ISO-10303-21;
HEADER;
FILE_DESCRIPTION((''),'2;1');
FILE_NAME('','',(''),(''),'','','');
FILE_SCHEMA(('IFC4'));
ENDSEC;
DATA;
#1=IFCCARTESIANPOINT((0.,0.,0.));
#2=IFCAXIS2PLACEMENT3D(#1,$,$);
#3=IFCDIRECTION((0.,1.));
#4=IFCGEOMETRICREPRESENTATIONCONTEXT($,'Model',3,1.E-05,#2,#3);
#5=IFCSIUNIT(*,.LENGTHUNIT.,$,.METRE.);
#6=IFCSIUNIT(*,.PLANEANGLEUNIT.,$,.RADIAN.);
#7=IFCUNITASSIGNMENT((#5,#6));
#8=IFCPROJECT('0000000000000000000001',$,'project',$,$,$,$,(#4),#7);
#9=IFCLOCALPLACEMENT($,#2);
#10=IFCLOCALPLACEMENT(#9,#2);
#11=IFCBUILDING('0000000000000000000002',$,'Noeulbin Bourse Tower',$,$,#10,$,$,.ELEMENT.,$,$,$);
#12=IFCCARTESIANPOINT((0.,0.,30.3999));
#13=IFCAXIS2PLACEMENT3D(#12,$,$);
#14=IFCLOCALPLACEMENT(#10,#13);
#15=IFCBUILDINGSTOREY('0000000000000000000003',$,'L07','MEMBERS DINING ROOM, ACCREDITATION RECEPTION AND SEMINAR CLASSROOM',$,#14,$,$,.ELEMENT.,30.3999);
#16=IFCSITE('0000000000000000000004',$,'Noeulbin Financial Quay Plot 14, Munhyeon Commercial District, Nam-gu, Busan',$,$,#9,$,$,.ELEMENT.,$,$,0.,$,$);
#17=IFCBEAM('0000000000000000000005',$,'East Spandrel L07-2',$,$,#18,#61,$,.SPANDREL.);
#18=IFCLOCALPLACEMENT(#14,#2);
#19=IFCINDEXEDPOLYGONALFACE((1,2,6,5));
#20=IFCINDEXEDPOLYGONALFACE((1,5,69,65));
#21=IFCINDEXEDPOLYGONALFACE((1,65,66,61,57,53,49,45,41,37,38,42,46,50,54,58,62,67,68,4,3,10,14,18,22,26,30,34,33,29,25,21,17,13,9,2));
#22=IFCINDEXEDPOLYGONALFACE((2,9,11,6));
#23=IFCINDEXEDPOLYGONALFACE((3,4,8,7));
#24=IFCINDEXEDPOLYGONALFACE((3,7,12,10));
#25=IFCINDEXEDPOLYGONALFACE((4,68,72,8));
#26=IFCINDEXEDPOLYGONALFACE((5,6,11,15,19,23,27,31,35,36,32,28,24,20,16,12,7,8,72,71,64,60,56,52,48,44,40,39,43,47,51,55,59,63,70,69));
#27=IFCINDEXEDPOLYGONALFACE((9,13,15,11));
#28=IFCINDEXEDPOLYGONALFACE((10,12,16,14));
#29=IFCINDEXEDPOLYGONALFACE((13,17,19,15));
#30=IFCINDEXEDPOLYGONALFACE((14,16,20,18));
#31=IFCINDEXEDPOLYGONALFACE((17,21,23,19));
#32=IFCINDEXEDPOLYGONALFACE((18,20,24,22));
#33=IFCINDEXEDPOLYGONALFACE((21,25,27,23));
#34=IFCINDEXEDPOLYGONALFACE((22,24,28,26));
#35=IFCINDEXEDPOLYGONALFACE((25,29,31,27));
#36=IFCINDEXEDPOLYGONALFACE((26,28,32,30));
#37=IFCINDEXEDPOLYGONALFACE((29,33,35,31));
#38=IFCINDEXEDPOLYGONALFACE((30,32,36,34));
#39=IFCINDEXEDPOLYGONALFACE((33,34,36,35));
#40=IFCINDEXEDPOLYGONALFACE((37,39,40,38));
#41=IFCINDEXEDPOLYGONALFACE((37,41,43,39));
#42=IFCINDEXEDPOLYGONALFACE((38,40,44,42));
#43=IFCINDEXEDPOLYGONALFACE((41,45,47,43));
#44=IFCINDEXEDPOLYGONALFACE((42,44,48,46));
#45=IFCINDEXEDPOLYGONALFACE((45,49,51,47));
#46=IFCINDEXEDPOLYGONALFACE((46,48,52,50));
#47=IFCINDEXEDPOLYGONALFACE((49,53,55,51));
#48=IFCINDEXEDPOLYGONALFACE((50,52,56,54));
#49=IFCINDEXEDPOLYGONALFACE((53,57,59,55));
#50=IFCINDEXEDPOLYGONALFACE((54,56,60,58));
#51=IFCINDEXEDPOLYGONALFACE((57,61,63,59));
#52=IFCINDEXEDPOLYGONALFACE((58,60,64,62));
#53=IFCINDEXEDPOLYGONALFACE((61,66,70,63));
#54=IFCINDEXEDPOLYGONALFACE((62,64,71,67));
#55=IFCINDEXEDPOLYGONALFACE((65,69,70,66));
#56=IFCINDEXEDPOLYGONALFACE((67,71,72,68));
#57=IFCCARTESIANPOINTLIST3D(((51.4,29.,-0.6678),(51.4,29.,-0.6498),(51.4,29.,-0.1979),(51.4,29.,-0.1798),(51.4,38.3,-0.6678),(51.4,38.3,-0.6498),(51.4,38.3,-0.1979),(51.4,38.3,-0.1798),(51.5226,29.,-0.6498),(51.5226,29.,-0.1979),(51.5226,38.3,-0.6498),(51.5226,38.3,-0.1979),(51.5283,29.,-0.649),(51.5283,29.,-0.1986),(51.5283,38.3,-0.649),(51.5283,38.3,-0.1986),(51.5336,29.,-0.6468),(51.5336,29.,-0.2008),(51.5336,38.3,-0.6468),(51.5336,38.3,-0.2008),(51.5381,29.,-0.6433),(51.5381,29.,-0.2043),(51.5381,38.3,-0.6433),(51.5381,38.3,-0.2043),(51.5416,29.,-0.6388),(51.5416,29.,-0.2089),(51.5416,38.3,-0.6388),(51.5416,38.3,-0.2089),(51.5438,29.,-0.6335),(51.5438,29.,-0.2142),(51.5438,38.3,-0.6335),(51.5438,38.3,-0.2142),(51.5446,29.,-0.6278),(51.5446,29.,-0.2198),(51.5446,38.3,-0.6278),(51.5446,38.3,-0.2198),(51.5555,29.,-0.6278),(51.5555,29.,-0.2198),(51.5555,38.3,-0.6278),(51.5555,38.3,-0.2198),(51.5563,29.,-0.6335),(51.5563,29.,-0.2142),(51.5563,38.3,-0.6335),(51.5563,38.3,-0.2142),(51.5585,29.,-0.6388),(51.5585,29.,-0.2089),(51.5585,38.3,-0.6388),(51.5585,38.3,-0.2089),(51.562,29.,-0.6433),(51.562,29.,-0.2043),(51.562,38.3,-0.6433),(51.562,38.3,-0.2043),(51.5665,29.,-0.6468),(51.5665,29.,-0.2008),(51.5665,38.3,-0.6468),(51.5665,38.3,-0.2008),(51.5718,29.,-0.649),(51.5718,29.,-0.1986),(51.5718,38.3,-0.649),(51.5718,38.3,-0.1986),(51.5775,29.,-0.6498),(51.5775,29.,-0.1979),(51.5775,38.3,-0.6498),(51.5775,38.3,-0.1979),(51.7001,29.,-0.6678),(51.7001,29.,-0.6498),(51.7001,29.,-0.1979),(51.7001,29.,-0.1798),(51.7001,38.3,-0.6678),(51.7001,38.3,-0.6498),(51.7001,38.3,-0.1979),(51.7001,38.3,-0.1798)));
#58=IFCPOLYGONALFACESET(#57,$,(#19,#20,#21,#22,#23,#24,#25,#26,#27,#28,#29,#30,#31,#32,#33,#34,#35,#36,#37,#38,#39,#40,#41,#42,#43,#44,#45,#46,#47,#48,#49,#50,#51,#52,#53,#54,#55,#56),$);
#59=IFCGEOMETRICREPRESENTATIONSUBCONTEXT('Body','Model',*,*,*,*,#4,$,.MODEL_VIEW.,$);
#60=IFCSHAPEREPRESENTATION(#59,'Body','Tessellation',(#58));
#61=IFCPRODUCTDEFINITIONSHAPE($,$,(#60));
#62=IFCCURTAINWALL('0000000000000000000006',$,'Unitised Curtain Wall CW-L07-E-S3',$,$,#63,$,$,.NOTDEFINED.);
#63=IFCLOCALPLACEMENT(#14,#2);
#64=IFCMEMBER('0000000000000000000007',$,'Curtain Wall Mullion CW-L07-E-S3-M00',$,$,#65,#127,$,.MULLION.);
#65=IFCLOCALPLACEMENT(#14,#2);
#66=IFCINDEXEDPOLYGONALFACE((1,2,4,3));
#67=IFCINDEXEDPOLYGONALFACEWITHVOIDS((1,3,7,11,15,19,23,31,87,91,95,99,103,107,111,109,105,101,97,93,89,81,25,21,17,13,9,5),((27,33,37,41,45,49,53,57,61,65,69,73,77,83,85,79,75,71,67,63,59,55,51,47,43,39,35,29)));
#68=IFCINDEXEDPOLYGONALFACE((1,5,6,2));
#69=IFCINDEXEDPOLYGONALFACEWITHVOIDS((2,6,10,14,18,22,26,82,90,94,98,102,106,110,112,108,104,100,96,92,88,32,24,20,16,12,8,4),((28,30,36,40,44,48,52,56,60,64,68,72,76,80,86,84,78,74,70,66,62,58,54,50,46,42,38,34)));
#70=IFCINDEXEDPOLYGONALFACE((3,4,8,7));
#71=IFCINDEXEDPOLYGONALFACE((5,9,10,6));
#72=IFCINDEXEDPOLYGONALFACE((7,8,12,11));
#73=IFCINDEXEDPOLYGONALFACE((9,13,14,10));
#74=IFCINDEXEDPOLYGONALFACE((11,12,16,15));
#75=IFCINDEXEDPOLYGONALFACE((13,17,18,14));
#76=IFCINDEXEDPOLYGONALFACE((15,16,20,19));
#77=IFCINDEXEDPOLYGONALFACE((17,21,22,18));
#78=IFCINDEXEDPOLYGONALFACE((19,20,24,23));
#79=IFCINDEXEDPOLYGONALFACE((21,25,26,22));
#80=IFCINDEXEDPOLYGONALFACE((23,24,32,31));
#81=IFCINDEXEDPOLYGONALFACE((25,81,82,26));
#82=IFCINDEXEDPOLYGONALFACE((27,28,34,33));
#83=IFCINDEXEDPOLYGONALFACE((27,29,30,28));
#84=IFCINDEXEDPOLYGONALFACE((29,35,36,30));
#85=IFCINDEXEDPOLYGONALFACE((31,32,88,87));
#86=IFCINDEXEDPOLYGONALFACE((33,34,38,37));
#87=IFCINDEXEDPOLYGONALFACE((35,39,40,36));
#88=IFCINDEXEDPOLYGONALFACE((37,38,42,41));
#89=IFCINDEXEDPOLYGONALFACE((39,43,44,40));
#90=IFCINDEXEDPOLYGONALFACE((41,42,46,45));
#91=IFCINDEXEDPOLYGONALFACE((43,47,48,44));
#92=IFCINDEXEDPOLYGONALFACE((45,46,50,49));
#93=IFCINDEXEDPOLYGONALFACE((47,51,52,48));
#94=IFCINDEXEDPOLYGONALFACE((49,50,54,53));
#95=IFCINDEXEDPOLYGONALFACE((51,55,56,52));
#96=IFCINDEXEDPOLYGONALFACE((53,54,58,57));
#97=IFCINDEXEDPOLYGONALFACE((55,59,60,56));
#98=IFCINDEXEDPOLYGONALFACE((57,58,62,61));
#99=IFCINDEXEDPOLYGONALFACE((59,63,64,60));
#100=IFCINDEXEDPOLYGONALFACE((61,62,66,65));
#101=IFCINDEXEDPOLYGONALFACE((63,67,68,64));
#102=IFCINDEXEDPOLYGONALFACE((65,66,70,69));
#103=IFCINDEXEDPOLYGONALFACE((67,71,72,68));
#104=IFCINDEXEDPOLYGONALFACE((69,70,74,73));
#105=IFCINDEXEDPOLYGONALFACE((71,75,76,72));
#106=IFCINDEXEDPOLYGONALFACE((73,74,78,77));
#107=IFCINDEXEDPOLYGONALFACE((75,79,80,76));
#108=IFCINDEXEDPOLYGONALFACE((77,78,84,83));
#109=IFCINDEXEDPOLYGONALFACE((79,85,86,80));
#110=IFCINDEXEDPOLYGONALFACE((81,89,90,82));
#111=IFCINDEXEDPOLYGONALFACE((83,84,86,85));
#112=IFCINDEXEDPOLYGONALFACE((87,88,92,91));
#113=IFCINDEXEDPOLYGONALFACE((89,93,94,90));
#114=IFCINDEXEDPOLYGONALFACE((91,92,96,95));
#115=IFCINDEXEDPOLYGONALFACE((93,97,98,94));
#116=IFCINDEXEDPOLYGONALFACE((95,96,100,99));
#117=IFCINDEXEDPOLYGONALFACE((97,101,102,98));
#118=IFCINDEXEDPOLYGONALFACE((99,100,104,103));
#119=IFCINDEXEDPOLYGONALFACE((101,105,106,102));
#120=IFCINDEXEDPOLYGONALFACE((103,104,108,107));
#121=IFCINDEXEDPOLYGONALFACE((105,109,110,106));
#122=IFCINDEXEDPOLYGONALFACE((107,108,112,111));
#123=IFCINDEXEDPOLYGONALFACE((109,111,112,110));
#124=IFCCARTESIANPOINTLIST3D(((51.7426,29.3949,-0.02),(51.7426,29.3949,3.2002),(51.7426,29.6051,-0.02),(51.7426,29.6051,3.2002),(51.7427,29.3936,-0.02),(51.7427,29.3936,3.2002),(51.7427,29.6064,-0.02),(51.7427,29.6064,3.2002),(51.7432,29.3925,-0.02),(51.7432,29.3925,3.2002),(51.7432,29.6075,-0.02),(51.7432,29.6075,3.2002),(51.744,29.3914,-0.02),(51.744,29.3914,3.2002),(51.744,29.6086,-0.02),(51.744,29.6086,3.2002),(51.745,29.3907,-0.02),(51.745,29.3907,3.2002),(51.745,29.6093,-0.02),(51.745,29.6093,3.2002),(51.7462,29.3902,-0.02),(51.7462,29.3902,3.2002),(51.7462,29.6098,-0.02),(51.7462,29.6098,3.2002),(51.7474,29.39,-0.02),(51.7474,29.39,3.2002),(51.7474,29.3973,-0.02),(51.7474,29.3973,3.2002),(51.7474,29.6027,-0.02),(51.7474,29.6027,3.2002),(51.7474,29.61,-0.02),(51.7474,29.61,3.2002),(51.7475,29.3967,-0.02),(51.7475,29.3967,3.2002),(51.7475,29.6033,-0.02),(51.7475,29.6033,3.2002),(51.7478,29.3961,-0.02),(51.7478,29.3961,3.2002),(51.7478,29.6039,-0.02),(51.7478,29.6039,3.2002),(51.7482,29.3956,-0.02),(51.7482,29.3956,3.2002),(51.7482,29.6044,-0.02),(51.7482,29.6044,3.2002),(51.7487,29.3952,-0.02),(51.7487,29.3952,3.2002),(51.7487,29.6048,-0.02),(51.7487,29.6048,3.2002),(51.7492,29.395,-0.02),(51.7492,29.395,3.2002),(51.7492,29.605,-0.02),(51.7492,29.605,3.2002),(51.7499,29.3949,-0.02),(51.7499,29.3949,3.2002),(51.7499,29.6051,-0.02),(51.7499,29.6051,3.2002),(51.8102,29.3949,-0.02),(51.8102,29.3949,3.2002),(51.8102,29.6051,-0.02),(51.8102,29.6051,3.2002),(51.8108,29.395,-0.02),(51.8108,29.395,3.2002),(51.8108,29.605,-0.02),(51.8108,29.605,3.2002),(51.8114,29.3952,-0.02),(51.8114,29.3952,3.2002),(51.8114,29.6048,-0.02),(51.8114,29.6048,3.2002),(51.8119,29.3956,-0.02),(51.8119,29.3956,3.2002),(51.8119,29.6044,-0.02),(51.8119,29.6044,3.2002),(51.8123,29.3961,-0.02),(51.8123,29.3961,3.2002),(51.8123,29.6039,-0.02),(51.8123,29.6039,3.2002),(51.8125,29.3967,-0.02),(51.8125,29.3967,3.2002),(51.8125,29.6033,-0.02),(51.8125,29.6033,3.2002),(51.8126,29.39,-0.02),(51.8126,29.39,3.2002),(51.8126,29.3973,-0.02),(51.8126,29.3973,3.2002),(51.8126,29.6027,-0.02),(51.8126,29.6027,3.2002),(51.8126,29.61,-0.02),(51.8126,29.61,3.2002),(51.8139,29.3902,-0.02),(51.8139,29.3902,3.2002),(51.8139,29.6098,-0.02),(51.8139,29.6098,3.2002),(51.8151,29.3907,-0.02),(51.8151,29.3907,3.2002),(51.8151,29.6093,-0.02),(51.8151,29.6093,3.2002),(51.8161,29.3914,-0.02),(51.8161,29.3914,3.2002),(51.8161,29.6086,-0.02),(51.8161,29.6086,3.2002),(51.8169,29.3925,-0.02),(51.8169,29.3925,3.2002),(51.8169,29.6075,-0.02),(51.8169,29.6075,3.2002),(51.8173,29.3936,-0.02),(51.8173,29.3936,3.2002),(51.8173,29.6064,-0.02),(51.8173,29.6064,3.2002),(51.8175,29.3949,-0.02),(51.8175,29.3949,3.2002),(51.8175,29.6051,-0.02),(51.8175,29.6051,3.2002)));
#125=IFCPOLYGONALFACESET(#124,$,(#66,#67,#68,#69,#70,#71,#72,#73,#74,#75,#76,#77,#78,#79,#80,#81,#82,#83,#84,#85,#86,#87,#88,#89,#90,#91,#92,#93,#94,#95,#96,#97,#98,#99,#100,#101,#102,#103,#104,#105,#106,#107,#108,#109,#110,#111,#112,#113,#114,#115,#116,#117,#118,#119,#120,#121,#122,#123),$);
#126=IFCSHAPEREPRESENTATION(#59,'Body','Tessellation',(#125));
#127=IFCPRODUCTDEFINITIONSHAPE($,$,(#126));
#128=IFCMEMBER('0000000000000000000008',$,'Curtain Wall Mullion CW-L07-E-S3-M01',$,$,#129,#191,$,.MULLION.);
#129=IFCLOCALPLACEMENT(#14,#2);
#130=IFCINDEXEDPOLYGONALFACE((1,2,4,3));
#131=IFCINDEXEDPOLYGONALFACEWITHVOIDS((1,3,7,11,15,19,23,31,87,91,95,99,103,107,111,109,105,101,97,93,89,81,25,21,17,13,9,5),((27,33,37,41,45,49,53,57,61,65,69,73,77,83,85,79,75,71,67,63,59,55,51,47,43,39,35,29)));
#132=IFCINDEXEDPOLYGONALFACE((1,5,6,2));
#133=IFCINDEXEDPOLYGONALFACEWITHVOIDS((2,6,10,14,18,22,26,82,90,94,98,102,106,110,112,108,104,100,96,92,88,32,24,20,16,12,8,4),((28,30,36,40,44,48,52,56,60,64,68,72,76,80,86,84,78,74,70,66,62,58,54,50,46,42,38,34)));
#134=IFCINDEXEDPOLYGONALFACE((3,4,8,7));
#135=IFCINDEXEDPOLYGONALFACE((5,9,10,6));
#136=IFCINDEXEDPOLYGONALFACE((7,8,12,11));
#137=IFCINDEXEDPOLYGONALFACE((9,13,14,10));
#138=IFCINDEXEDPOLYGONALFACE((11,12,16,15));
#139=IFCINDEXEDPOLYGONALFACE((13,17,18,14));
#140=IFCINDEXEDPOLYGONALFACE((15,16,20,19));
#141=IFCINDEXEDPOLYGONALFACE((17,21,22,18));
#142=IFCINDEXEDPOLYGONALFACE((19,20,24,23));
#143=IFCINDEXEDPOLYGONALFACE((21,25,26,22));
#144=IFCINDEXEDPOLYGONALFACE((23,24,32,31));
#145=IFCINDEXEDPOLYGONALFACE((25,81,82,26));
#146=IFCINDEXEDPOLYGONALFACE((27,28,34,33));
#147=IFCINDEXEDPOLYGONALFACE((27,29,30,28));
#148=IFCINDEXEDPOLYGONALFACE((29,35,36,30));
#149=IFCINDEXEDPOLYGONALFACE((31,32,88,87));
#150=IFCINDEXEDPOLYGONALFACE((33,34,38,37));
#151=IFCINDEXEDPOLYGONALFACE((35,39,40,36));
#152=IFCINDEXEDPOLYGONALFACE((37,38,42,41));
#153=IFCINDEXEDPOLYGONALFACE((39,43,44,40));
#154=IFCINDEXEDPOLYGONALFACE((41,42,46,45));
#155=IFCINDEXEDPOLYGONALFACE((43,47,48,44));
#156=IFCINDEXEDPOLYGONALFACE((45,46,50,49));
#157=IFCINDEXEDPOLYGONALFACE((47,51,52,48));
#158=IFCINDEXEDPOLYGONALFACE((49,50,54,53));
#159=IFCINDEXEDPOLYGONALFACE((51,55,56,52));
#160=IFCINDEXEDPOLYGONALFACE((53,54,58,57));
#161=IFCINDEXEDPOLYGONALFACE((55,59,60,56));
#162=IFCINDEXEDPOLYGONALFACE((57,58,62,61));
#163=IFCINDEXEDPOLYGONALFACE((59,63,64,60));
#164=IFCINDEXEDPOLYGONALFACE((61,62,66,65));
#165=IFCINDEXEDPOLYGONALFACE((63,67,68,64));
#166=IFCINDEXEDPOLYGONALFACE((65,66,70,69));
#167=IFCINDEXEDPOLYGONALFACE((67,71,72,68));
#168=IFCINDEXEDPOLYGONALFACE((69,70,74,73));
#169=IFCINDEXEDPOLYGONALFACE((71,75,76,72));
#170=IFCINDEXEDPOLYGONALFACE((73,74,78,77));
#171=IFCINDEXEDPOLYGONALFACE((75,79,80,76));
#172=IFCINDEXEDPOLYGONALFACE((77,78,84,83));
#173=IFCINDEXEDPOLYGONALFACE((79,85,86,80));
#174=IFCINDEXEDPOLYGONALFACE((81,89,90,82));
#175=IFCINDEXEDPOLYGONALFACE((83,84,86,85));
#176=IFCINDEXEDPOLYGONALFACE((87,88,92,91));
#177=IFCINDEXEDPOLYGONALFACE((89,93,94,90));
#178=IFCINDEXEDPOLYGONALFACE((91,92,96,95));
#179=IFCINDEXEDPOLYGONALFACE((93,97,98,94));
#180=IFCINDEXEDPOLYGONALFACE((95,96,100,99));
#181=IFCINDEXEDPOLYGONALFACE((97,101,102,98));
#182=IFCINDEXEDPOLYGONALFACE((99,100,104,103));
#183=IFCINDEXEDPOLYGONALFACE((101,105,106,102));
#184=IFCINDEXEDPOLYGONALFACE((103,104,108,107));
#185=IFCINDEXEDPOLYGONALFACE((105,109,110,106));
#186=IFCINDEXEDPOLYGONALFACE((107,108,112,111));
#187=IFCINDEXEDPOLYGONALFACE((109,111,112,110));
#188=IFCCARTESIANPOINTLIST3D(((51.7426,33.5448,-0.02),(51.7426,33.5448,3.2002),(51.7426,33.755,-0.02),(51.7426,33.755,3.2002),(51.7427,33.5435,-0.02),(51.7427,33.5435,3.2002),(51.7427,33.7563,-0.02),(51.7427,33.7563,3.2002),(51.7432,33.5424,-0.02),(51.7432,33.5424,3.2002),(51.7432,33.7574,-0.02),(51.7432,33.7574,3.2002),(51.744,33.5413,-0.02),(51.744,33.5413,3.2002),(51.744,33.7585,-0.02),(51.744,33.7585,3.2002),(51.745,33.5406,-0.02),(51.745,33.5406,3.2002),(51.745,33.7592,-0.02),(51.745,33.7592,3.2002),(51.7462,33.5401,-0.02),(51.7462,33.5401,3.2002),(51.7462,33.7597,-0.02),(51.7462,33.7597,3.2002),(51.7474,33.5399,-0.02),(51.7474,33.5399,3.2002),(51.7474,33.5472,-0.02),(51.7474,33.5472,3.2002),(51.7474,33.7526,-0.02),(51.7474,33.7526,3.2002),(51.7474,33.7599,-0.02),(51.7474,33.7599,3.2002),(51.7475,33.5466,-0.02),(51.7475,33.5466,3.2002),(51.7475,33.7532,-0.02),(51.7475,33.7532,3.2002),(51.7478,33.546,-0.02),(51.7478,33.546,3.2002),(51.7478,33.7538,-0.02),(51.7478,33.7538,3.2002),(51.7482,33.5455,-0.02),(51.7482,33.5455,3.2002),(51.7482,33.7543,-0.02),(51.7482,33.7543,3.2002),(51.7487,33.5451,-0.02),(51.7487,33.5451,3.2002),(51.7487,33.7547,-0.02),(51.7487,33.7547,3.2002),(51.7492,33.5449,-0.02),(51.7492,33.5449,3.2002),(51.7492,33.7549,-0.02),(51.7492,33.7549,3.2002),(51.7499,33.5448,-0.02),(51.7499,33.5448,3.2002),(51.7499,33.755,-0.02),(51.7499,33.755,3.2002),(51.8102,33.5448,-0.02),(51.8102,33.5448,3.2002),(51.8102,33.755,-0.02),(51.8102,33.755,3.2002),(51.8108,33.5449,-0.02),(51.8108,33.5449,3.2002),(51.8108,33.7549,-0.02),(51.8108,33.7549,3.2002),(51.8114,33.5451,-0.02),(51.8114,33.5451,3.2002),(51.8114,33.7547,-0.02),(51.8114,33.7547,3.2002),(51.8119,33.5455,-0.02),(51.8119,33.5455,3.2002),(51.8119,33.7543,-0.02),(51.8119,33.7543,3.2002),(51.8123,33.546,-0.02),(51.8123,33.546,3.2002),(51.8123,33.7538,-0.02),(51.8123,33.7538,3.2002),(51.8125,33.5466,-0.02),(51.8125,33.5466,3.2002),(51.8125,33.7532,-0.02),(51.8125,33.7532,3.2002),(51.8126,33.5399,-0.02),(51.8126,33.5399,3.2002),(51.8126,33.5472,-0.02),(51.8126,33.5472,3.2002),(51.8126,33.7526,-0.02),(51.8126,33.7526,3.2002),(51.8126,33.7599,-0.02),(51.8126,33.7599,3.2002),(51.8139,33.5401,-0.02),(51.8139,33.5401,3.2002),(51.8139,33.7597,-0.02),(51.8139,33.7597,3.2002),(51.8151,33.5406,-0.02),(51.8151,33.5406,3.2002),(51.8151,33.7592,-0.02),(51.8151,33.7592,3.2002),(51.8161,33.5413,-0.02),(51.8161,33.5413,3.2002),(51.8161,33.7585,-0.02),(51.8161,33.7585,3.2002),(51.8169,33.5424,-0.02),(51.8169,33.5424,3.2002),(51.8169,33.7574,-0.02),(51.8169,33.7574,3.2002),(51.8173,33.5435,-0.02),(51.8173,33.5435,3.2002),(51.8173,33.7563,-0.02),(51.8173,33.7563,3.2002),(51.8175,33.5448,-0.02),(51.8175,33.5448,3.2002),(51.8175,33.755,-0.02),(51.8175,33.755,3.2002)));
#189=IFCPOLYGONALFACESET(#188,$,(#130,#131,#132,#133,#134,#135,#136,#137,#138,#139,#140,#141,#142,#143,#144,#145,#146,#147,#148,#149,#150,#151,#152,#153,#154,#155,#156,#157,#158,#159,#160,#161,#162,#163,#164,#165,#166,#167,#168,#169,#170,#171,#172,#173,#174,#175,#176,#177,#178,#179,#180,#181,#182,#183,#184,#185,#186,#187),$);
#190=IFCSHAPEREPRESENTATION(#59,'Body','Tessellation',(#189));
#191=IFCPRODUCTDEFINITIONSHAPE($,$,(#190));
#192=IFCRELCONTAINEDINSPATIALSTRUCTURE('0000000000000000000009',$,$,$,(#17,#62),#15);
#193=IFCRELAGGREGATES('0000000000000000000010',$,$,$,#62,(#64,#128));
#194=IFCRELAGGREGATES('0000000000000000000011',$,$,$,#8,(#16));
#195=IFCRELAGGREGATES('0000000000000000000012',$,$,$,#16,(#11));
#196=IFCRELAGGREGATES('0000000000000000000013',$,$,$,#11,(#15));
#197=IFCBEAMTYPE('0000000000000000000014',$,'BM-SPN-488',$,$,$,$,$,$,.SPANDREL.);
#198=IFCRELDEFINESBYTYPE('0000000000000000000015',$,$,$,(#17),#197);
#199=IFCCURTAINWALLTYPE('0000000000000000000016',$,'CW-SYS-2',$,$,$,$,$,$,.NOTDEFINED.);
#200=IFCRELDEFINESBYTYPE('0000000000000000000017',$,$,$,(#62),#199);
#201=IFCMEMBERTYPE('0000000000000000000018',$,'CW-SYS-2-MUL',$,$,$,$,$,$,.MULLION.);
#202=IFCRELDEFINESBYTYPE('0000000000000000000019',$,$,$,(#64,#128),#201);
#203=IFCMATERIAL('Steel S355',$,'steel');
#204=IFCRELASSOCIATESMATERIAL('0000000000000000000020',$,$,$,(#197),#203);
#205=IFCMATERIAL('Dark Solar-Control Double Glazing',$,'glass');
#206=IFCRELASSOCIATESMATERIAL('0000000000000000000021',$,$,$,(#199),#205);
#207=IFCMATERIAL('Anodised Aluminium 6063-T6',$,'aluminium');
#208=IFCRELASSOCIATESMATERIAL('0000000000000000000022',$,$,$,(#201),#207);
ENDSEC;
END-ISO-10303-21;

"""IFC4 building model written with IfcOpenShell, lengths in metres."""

from ifc_helpers import new_model, si_unit, direction, frame, origin, origin_2d, place, context, subcontext, project, spatial, hollow_rectangle, i_section, extrude, material, material_profile, profile_set, type_object, element, aggregate, save


model = new_model("IFC4")

# Units and contexts
model_context = context("Model", 3, precision=1e-05, world=origin(), true_north=direction((0.0, 1.0)))
body_context = subcontext(model_context, "Body", "Model", "MODEL_VIEW")
ifc_project = project(units=[si_unit("LENGTHUNIT", "METRE"), si_unit("PLANEANGLEUNIT", "RADIAN")], contexts=[model_context])

# Site, building, storey
site_placement = place(None, origin())
site = spatial("IfcSite", under=ifc_project, at=site_placement, Name="Noeulbin Financial Quay Plot 14, Munhyeon Commercial District, Nam-gu, Busan", CompositionType="ELEMENT", RefElevation=0.0)
building_placement = place(site_placement, origin())
building = spatial("IfcBuilding", under=site, at=building_placement, Name="Noeulbin Bourse Tower", CompositionType="ELEMENT")
storey_placement = place(building_placement, frame((0.0, 0.0, 30.3999)))
storey = spatial("IfcBuildingStorey", under=building, at=storey_placement, Name="L07", Description="MEMBERS DINING ROOM, ACCREDITATION RECEPTION AND SEMINAR CLASSROOM", CompositionType="ELEMENT", Elevation=30.3999)

# Beam
ifc_material_1 = material(Name="Steel S355", Category="steel")
ifc_material_profile_1 = material_profile(ifc_material_1, i_section(OverallWidth=0.3, OverallDepth=0.488, WebThickness=0.011, FlangeThickness=0.0181, FilletRadius=0.022, at=origin_2d()), Name="H-488x300x11x18", Category="LoadBearing")
ifc_profile_set_1 = profile_set([ifc_material_profile_1], Name="Steel S355")
beam_type_1 = type_object("IfcBeamType", Name="BM-SPN-488", PredefinedType="SPANDREL", material=ifc_profile_set_1)
beam_1_placement = place(storey_placement, frame((51.55, 29.0, -0.4238), z_axis=(0.0, 1.0, 0.0), x_axis=(-1.0, 0.0, 0.0)))
element("IfcBeam", 1, at=beam_1_placement, inside=storey, type_object=beam_type_1, Name="East Spandrel L07-2", PredefinedType="SPANDREL", context=body_context, shape_type="SweptSolid", body=[
    extrude(i_section(OverallWidth=0.3, OverallDepth=0.488, WebThickness=0.011, FlangeThickness=0.0181, FilletRadius=0.022, at=origin_2d()), origin(), (0.0, 0.0, 1.0), 9.3),
])

# Curtain wall, members
ifc_material_2 = material(Name="Dark Solar-Control Double Glazing", Category="glass")
curtain_wall_type = type_object("IfcCurtainWallType", Name="CW-SYS-2", PredefinedType="NOTDEFINED", material=ifc_material_2)
curtain_wall_placement = place(storey_placement, origin())
curtain_wall = element("IfcCurtainWall", 2, at=curtain_wall_placement, inside=storey, type_object=curtain_wall_type, Name="Unitised Curtain Wall CW-L07-E-S3", PredefinedType="NOTDEFINED")
ifc_material_3 = material(Name="Anodised Aluminium 6063-T6", Category="aluminium")
ifc_material_profile_2 = material_profile(ifc_material_3, hollow_rectangle(XDim=0.075, YDim=0.22, WallThickness=0.0049, InnerFilletRadius=0.0024, OuterFilletRadius=0.0049, at=origin_2d()), Name="ALU-MULL-75x220x5", Category="LoadBearing")
ifc_profile_set_2 = profile_set([ifc_material_profile_2], Name="Anodised Aluminium 6063-T6")
member_type_1 = type_object("IfcMemberType", Name="CW-SYS-2-MUL", PredefinedType="MULLION", material=ifc_profile_set_2)
member_1_placement = place(storey_placement, frame((51.78, 29.5, -0.02), z_axis=(0.0, 0.0, 1.0), x_axis=(1.0, 0.0, 0.0)))
member_1 = element("IfcMember", 3, at=member_1_placement, type_object=member_type_1, Name="Curtain Wall Mullion CW-L07-E-S3-M00", PredefinedType="MULLION", context=body_context, shape_type="SweptSolid", body=[
    extrude(hollow_rectangle(XDim=0.075, YDim=0.22, WallThickness=0.0049, InnerFilletRadius=0.0024, OuterFilletRadius=0.0049, at=origin_2d()), origin(), (0.0, 0.0, 1.0), 3.2202),
])
member_2_placement = place(storey_placement, frame((51.78, 33.6499, -0.02), z_axis=(0.0, 0.0, 1.0), x_axis=(1.0, 0.0, 0.0)))
member_2 = element("IfcMember", 4, at=member_2_placement, type_object=member_type_1, Name="Curtain Wall Mullion CW-L07-E-S3-M01", PredefinedType="MULLION", context=body_context, shape_type="SweptSolid", body=[
    extrude(hollow_rectangle(XDim=0.075, YDim=0.22, WallThickness=0.0049, InnerFilletRadius=0.0024, OuterFilletRadius=0.0049, at=origin_2d()), origin(), (0.0, 0.0, 1.0), 3.2202),
])
aggregate(curtain_wall, [member_1, member_2])

save(model, "model.ifc")
